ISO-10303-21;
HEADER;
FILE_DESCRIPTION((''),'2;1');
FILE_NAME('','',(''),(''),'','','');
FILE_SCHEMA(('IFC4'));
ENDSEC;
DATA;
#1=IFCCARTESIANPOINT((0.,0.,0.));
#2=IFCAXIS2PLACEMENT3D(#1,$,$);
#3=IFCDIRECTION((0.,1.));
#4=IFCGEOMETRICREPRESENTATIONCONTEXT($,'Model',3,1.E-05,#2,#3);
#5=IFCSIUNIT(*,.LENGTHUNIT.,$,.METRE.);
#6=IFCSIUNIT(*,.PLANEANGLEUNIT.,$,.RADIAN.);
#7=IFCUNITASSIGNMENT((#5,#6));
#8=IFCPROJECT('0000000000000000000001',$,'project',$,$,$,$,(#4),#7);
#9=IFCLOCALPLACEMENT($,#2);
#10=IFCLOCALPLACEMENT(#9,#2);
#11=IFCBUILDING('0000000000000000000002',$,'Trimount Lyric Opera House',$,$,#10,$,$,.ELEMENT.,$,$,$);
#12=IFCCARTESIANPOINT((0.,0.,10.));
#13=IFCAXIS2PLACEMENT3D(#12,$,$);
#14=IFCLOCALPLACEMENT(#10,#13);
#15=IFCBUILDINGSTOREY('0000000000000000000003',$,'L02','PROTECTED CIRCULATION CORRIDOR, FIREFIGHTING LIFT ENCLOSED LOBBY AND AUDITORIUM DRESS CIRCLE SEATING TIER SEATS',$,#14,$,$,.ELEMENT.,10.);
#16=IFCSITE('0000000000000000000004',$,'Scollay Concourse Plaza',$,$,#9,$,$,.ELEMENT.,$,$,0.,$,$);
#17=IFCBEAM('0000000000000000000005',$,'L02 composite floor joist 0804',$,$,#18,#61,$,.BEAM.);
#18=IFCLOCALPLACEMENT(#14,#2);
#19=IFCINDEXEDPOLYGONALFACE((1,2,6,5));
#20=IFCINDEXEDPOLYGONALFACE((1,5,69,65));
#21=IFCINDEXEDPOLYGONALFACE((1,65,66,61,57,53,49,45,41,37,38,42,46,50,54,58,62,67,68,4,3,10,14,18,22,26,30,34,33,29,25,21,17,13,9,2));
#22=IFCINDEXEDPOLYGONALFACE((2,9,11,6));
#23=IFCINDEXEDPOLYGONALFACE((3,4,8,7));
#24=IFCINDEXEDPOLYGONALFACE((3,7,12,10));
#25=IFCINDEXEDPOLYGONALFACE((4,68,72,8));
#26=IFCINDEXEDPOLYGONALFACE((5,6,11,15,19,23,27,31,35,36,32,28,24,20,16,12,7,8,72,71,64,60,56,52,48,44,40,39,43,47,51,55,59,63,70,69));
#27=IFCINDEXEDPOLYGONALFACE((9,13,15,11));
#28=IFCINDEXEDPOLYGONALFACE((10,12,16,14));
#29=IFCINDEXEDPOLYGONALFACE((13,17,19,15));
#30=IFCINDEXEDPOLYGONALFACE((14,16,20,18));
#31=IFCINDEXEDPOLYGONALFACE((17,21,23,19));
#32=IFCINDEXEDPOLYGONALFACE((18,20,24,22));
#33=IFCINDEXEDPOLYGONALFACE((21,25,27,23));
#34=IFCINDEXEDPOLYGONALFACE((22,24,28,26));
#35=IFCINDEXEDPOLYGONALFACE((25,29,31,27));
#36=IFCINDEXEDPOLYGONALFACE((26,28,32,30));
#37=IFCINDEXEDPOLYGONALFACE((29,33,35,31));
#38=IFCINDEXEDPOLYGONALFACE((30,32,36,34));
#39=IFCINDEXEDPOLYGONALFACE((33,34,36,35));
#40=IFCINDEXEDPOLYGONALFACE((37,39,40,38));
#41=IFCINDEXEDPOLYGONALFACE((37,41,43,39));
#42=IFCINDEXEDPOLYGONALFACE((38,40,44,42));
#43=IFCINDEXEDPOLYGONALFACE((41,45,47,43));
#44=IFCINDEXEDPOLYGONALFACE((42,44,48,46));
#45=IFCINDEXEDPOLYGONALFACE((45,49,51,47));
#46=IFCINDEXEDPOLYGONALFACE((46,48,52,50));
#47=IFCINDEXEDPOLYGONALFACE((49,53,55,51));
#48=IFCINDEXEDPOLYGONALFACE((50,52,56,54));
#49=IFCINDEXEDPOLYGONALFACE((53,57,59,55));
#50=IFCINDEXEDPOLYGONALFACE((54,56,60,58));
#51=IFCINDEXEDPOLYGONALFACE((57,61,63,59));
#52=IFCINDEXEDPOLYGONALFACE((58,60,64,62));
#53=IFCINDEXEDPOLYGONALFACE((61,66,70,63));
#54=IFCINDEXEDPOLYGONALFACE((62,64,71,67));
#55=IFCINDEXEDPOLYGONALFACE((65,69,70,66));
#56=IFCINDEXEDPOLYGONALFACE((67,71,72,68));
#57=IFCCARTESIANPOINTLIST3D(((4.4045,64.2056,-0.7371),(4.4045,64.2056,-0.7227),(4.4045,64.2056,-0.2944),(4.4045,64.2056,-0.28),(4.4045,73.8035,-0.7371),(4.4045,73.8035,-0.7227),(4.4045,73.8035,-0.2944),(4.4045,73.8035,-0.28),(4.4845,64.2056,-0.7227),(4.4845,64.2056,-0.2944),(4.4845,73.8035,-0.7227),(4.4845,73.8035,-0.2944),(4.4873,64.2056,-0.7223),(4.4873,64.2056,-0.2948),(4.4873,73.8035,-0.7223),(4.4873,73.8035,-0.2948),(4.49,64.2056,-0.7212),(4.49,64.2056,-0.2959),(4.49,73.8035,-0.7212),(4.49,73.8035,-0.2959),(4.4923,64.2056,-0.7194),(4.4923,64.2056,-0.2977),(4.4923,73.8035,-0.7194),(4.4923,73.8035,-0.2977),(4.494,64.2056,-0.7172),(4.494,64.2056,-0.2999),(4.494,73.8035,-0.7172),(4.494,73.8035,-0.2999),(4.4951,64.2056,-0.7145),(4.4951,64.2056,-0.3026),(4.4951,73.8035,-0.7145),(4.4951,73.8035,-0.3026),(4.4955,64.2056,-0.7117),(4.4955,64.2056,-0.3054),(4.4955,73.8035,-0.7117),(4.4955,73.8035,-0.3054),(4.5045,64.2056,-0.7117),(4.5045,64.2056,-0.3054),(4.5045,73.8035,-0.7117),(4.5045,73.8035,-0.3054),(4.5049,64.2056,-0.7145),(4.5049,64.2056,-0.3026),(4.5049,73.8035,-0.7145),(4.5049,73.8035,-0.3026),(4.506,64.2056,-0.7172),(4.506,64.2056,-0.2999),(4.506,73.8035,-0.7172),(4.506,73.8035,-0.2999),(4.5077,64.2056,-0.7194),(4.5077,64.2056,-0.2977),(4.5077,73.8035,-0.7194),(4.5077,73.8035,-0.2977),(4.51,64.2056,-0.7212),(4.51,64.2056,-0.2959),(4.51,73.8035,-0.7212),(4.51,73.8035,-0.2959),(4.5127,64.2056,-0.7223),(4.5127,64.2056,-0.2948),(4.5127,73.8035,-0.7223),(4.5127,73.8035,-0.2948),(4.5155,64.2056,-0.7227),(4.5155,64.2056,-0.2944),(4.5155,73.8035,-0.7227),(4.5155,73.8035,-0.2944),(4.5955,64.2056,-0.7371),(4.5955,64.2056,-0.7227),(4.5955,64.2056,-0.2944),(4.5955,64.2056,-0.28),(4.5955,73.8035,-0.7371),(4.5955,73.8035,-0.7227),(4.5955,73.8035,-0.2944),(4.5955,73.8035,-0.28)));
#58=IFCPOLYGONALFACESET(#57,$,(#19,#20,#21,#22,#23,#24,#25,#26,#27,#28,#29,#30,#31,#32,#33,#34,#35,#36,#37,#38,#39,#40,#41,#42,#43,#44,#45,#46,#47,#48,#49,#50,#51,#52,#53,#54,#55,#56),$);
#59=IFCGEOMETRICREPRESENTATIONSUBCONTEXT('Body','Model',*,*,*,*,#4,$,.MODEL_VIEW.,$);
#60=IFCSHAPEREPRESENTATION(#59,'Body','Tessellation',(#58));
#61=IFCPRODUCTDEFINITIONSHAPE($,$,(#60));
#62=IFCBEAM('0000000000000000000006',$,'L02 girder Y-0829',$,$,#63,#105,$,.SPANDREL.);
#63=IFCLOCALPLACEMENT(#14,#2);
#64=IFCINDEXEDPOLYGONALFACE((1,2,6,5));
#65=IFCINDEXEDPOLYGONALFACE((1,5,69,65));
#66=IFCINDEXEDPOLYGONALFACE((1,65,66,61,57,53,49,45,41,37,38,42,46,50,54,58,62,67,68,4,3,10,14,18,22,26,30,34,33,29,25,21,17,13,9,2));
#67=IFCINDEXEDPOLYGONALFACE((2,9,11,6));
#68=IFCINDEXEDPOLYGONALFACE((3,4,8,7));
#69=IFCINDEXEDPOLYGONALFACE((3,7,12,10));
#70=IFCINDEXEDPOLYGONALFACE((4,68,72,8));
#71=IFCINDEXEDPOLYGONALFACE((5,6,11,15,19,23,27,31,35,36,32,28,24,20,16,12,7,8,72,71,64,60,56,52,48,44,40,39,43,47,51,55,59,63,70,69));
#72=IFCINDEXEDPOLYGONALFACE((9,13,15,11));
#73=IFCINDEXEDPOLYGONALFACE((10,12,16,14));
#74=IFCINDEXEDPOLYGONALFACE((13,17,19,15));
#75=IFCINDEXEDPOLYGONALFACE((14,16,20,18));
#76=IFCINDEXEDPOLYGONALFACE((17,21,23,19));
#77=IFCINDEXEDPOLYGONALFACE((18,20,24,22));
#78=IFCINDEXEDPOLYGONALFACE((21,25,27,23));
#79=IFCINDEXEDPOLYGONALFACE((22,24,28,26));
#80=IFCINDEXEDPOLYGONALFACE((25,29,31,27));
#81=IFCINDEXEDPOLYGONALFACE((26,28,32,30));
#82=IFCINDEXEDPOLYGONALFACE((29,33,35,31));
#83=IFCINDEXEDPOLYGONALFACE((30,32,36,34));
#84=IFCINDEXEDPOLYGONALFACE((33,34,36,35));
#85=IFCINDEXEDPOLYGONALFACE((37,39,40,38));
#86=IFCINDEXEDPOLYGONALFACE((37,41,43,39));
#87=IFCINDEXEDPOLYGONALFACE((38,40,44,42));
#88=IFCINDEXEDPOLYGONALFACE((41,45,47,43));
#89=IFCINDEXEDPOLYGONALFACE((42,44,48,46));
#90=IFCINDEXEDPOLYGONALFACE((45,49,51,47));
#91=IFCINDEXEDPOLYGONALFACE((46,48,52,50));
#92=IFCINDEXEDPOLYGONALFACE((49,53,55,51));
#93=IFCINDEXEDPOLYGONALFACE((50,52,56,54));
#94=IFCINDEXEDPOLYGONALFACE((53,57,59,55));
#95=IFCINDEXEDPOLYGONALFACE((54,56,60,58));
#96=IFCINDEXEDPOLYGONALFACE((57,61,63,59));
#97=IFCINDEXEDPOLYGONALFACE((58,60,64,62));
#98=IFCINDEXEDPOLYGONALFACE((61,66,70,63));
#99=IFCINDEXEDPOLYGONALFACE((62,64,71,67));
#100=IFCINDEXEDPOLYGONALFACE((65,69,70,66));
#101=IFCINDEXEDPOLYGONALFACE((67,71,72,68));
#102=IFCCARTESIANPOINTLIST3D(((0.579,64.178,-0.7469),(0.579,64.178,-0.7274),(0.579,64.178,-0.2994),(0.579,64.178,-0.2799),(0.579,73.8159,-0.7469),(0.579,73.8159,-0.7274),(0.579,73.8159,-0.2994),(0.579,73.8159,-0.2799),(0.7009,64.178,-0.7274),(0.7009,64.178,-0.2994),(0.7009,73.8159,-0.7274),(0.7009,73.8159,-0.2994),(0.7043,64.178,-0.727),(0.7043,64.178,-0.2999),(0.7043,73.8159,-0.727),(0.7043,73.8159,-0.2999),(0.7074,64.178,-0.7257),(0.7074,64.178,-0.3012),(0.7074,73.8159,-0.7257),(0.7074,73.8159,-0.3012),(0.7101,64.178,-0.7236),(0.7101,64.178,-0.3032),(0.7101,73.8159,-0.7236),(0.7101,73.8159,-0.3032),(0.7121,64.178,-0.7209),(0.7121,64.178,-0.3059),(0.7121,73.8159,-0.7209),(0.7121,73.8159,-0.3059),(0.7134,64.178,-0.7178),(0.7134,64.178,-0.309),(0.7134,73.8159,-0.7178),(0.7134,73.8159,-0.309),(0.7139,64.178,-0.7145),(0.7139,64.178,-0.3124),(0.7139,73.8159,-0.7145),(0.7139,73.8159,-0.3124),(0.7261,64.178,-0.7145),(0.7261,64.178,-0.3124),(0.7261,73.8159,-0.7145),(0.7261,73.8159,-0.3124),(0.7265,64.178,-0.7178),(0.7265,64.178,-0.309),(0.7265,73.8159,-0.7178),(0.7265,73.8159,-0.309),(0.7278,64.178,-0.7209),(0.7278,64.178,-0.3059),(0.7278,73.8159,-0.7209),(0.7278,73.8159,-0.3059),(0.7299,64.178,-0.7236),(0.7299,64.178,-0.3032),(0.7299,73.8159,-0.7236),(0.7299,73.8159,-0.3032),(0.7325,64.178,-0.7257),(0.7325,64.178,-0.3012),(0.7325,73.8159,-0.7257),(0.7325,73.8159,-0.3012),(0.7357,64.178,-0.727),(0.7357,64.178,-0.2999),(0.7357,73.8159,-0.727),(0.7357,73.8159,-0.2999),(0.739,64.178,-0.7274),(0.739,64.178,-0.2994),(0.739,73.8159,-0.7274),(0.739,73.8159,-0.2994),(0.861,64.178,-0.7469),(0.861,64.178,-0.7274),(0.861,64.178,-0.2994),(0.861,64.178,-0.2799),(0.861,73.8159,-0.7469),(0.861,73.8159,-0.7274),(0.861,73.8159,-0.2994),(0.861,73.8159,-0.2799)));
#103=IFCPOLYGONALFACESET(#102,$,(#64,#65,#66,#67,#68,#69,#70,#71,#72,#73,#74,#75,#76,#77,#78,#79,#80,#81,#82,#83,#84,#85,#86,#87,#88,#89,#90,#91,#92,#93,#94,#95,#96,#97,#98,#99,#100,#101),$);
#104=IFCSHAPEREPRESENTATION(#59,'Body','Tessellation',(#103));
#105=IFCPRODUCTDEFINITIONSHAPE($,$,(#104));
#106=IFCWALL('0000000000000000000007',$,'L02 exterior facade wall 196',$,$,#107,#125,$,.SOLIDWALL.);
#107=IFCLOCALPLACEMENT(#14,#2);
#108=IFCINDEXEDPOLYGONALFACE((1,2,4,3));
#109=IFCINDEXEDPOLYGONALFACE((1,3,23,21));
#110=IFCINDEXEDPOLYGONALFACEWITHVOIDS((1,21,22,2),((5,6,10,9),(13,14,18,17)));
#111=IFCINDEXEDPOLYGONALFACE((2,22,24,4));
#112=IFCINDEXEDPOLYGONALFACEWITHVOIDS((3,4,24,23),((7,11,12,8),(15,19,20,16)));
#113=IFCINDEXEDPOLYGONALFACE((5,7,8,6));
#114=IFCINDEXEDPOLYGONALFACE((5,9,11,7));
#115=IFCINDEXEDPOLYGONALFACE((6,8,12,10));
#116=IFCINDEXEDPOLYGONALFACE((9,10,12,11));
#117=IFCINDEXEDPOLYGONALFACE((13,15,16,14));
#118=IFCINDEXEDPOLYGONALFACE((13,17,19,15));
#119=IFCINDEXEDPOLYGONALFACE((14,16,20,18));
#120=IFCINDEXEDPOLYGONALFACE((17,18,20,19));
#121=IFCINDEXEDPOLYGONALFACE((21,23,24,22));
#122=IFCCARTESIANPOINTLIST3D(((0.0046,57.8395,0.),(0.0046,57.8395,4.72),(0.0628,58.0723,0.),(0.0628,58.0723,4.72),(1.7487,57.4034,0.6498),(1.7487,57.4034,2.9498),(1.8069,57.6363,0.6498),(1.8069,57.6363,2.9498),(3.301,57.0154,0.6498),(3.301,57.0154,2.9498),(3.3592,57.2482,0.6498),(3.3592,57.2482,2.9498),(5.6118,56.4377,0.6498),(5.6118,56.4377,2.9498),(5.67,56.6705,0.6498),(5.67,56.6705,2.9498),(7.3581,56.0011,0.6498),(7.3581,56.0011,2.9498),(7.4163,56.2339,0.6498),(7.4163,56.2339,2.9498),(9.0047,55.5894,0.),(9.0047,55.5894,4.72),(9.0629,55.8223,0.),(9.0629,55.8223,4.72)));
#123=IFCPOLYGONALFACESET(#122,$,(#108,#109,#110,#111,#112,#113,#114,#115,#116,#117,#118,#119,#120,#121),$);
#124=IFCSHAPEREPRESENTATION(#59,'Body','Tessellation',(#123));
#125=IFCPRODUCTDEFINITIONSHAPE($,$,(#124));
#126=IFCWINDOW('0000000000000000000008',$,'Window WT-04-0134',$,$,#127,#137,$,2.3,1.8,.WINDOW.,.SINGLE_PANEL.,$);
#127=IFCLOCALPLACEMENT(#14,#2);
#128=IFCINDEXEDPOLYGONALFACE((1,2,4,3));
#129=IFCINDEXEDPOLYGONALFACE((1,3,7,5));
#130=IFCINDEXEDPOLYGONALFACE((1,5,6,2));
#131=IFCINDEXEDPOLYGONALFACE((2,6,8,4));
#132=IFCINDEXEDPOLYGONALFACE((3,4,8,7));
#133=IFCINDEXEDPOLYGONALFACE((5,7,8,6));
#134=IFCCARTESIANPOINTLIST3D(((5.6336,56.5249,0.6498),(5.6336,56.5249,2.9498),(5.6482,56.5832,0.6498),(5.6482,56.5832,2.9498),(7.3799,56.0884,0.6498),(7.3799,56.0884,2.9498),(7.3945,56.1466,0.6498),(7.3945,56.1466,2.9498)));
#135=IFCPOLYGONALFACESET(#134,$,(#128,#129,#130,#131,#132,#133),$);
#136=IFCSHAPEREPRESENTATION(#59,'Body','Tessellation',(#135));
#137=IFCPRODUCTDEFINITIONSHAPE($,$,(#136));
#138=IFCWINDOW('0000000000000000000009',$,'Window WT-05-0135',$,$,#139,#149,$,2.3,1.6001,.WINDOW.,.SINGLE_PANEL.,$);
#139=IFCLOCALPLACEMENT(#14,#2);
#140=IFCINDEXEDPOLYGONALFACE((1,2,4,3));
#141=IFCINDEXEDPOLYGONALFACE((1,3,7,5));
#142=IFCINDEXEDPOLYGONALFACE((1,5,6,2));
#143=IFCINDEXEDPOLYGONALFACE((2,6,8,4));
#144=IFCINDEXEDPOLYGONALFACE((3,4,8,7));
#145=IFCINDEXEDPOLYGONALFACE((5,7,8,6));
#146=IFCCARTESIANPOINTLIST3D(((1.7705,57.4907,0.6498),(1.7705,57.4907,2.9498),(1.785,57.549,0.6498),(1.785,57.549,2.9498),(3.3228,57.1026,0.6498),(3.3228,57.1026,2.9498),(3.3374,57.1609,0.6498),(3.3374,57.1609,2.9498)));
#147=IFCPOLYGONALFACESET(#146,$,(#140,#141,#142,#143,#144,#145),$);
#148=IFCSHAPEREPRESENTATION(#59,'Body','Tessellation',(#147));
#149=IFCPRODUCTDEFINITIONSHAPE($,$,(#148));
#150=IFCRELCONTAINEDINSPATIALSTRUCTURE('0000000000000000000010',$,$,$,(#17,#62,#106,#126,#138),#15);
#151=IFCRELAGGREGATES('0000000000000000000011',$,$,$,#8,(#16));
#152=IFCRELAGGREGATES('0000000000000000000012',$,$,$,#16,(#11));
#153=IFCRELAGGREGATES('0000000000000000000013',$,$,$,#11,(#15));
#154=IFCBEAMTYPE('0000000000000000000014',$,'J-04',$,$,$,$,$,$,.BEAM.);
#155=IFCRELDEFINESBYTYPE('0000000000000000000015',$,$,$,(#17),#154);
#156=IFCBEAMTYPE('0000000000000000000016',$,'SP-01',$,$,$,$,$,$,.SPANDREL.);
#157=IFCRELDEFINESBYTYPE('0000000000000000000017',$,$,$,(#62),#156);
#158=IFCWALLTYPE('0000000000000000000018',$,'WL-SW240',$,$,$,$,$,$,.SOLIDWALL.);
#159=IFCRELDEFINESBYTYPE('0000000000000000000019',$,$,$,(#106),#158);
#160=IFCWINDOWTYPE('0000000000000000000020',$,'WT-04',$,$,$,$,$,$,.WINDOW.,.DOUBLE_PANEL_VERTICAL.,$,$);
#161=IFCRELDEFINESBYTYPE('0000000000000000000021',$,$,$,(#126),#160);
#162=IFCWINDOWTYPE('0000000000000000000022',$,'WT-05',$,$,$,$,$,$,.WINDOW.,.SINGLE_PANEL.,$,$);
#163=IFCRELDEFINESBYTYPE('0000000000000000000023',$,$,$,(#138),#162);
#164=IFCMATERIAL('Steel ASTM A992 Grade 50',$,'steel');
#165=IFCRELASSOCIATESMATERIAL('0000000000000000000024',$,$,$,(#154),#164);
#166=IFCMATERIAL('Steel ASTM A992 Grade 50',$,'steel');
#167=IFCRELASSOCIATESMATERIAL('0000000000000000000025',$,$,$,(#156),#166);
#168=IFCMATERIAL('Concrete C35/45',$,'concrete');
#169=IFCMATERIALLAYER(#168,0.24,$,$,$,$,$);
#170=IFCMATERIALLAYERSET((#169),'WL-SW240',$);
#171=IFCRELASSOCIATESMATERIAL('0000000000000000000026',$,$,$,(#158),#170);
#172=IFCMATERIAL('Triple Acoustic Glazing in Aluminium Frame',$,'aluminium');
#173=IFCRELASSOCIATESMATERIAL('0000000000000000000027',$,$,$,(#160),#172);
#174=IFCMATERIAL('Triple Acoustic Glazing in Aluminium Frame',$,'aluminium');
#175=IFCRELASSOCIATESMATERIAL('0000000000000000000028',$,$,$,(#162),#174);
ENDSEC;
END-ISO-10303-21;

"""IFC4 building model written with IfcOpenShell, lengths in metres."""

from ifc_helpers import new_model, si_unit, direction, frame, frame_2d, origin, origin_2d, place, context, subcontext, project, spatial, rectangle, i_section, extrude, material, layer, layer_set, material_profile, profile_set, type_object, element, fill, save


model = new_model("IFC4")

# Units and contexts
model_context = context("Model", 3, precision=1e-05, world=origin(), true_north=direction((0.0, 1.0)))
body_context = subcontext(model_context, "Body", "Model", "MODEL_VIEW")
ifc_project = project(units=[si_unit("LENGTHUNIT", "METRE"), si_unit("PLANEANGLEUNIT", "RADIAN")], contexts=[model_context])

# Site, building, storey
site_placement = place(None, origin())
site = spatial("IfcSite", under=ifc_project, at=site_placement, Name="Scollay Concourse Plaza", CompositionType="ELEMENT", RefElevation=0.0)
building_placement = place(site_placement, origin())
building = spatial("IfcBuilding", under=site, at=building_placement, Name="Trimount Lyric Opera House", CompositionType="ELEMENT")
storey_placement = place(building_placement, frame((0.0, 0.0, 10.0)))
storey = spatial("IfcBuildingStorey", under=building, at=storey_placement, Name="L02", Description="PROTECTED CIRCULATION CORRIDOR, FIREFIGHTING LIFT ENCLOSED LOBBY AND AUDITORIUM DRESS CIRCLE SEATING TIER SEATS", CompositionType="ELEMENT", Elevation=10.0)

# Beams
ifc_material_1 = material(Name="Steel ASTM A992 Grade 50", Category="steel")
ifc_material_profile_1 = material_profile(ifc_material_1, i_section(OverallWidth=0.1909, OverallDepth=0.457, WebThickness=0.009, FlangeThickness=0.0144, FilletRadius=0.011, at=origin_2d()), Name="W18X50")
ifc_profile_set_1 = profile_set([ifc_material_profile_1], Name="Steel ASTM A992 Grade 50")
beam_type_1 = type_object("IfcBeamType", Name="J-04", PredefinedType="BEAM", material=ifc_profile_set_1)
beam_1_placement = place(storey_placement, frame((4.5, 64.2056, -0.5085), z_axis=(0.0, 1.0, 0.0), x_axis=(-1.0, 0.0, 0.0)))
element("IfcBeam", 1, at=beam_1_placement, inside=storey, type_object=beam_type_1, Name="L02 composite floor joist 0804", PredefinedType="BEAM", context=body_context, shape_type="SweptSolid", body=[
    extrude(i_section(OverallWidth=0.1909, OverallDepth=0.457, WebThickness=0.009, FlangeThickness=0.0144, FilletRadius=0.011, at=origin_2d()), origin(), (0.0, 0.0, 1.0), 9.5979),
])
ifc_material_2 = material(Name="Steel ASTM A992 Grade 50", Category="steel")
ifc_material_profile_2 = material_profile(ifc_material_2, i_section(OverallWidth=0.282, OverallDepth=0.467, WebThickness=0.0122, FlangeThickness=0.0195, FilletRadius=0.0129, at=origin_2d()), Name="W18X86")
ifc_profile_set_2 = profile_set([ifc_material_profile_2], Name="Steel ASTM A992 Grade 50")
beam_type_2 = type_object("IfcBeamType", Name="SP-01", PredefinedType="SPANDREL", material=ifc_profile_set_2)
beam_2_placement = place(storey_placement, frame((0.72, 64.178, -0.5134), z_axis=(0.0, 1.0, 0.0), x_axis=(-1.0, 0.0, 0.0)))
element("IfcBeam", 2, at=beam_2_placement, inside=storey, type_object=beam_type_2, Name="L02 girder Y-0829", PredefinedType="SPANDREL", context=body_context, shape_type="SweptSolid", body=[
    extrude(i_section(OverallWidth=0.282, OverallDepth=0.467, WebThickness=0.0122, FlangeThickness=0.0195, FilletRadius=0.0129, at=origin_2d()), origin(), (0.0, 0.0, 1.0), 9.6379),
])

# Wall, openings, windows
ifc_material_3 = material(Name="Concrete C35/45", Category="concrete")
ifc_layer_1 = layer(ifc_material_3, 0.24)
ifc_layer_set_1 = layer_set([ifc_layer_1], Name="WL-SW240")
wall_type = type_object("IfcWallType", Name="WL-SW240", PredefinedType="SOLIDWALL", material=ifc_layer_set_1)
wall_1_placement = place(storey_placement, frame((9.0339, 55.7058, 0.0), z_axis=(0.0, 0.0, 1.0), x_axis=(-0.970143, 0.242536, 0.0)))
wall_1 = element("IfcWall", 3, at=wall_1_placement, inside=storey, type_object=wall_type, Name="L02 exterior facade wall 196", PredefinedType="SOLIDWALL", context=body_context, shape_type="SweptSolid", body=[
    extrude(rectangle(XDim=9.2771, YDim=0.24, at=frame_2d((4.6387, 0.0))), origin(), (0.0, 0.0, 1.0), 4.72),
])
opening_1_placement = place(wall_1_placement, frame((1.6975, 0.0, 0.6499)))
opening_1 = element("IfcOpeningElement", 4, at=opening_1_placement, cuts=wall_1, PredefinedType="OPENING", context=body_context, shape_type="SweptSolid", body=[
    extrude(rectangle(XDim=1.8, YDim=2.3, at=frame_2d((0.8999, 1.1499))), frame((0.0, 0.1299, 0.0), z_axis=(0.0, -1.0, 0.0), x_axis=(1.0, 0.0, 0.0)), (0.0, 0.0, 1.0), 0.26),
])
opening_2_placement = place(wall_1_placement, frame((5.8794, 0.0, 0.6499)))
opening_2 = element("IfcOpeningElement", 5, at=opening_2_placement, cuts=wall_1, PredefinedType="OPENING", context=body_context, shape_type="SweptSolid", body=[
    extrude(rectangle(XDim=1.6001, YDim=2.3, at=frame_2d((0.8, 1.1499))), frame((0.0, 0.1299, 0.0), z_axis=(0.0, -1.0, 0.0), x_axis=(1.0, 0.0, 0.0)), (0.0, 0.0, 1.0), 0.26),
])
ifc_material_4 = material(Name="Triple Acoustic Glazing in Aluminium Frame", Category="aluminium")
window_type_1 = type_object("IfcWindowType", Name="WT-04", PartitioningType="DOUBLE_PANEL_VERTICAL", PredefinedType="WINDOW", material=ifc_material_4)
window_1_placement = place(opening_1_placement, origin())
window_1 = element("IfcWindow", 6, at=window_1_placement, inside=storey, type_object=window_type_1, Name="Window WT-04-0134", OverallHeight=2.3, OverallWidth=1.8, PartitioningType="SINGLE_PANEL", PredefinedType="WINDOW", context=body_context, shape_type="SweptSolid", body=[
    extrude(rectangle(XDim=1.8, YDim=2.3, at=frame_2d((0.8999, 1.1499))), frame((0.0, 0.03, 0.0), z_axis=(0.0, -1.0, 0.0), x_axis=(1.0, 0.0, 0.0)), (0.0, 0.0, 1.0), 0.0601),
])
fill(opening_1, window_1)
ifc_material_5 = material(Name="Triple Acoustic Glazing in Aluminium Frame", Category="aluminium")
window_type_2 = type_object("IfcWindowType", Name="WT-05", PartitioningType="SINGLE_PANEL", PredefinedType="WINDOW", material=ifc_material_5)
window_2_placement = place(opening_2_placement, origin())
window_2 = element("IfcWindow", 7, at=window_2_placement, inside=storey, type_object=window_type_2, Name="Window WT-05-0135", OverallHeight=2.3, OverallWidth=1.6001, PartitioningType="SINGLE_PANEL", PredefinedType="WINDOW", context=body_context, shape_type="SweptSolid", body=[
    extrude(rectangle(XDim=1.6001, YDim=2.3, at=frame_2d((0.8, 1.1499))), frame((0.0, 0.03, 0.0), z_axis=(0.0, -1.0, 0.0), x_axis=(1.0, 0.0, 0.0)), (0.0, 0.0, 1.0), 0.0601),
])
fill(opening_2, window_2)

save(model, "model.ifc")
